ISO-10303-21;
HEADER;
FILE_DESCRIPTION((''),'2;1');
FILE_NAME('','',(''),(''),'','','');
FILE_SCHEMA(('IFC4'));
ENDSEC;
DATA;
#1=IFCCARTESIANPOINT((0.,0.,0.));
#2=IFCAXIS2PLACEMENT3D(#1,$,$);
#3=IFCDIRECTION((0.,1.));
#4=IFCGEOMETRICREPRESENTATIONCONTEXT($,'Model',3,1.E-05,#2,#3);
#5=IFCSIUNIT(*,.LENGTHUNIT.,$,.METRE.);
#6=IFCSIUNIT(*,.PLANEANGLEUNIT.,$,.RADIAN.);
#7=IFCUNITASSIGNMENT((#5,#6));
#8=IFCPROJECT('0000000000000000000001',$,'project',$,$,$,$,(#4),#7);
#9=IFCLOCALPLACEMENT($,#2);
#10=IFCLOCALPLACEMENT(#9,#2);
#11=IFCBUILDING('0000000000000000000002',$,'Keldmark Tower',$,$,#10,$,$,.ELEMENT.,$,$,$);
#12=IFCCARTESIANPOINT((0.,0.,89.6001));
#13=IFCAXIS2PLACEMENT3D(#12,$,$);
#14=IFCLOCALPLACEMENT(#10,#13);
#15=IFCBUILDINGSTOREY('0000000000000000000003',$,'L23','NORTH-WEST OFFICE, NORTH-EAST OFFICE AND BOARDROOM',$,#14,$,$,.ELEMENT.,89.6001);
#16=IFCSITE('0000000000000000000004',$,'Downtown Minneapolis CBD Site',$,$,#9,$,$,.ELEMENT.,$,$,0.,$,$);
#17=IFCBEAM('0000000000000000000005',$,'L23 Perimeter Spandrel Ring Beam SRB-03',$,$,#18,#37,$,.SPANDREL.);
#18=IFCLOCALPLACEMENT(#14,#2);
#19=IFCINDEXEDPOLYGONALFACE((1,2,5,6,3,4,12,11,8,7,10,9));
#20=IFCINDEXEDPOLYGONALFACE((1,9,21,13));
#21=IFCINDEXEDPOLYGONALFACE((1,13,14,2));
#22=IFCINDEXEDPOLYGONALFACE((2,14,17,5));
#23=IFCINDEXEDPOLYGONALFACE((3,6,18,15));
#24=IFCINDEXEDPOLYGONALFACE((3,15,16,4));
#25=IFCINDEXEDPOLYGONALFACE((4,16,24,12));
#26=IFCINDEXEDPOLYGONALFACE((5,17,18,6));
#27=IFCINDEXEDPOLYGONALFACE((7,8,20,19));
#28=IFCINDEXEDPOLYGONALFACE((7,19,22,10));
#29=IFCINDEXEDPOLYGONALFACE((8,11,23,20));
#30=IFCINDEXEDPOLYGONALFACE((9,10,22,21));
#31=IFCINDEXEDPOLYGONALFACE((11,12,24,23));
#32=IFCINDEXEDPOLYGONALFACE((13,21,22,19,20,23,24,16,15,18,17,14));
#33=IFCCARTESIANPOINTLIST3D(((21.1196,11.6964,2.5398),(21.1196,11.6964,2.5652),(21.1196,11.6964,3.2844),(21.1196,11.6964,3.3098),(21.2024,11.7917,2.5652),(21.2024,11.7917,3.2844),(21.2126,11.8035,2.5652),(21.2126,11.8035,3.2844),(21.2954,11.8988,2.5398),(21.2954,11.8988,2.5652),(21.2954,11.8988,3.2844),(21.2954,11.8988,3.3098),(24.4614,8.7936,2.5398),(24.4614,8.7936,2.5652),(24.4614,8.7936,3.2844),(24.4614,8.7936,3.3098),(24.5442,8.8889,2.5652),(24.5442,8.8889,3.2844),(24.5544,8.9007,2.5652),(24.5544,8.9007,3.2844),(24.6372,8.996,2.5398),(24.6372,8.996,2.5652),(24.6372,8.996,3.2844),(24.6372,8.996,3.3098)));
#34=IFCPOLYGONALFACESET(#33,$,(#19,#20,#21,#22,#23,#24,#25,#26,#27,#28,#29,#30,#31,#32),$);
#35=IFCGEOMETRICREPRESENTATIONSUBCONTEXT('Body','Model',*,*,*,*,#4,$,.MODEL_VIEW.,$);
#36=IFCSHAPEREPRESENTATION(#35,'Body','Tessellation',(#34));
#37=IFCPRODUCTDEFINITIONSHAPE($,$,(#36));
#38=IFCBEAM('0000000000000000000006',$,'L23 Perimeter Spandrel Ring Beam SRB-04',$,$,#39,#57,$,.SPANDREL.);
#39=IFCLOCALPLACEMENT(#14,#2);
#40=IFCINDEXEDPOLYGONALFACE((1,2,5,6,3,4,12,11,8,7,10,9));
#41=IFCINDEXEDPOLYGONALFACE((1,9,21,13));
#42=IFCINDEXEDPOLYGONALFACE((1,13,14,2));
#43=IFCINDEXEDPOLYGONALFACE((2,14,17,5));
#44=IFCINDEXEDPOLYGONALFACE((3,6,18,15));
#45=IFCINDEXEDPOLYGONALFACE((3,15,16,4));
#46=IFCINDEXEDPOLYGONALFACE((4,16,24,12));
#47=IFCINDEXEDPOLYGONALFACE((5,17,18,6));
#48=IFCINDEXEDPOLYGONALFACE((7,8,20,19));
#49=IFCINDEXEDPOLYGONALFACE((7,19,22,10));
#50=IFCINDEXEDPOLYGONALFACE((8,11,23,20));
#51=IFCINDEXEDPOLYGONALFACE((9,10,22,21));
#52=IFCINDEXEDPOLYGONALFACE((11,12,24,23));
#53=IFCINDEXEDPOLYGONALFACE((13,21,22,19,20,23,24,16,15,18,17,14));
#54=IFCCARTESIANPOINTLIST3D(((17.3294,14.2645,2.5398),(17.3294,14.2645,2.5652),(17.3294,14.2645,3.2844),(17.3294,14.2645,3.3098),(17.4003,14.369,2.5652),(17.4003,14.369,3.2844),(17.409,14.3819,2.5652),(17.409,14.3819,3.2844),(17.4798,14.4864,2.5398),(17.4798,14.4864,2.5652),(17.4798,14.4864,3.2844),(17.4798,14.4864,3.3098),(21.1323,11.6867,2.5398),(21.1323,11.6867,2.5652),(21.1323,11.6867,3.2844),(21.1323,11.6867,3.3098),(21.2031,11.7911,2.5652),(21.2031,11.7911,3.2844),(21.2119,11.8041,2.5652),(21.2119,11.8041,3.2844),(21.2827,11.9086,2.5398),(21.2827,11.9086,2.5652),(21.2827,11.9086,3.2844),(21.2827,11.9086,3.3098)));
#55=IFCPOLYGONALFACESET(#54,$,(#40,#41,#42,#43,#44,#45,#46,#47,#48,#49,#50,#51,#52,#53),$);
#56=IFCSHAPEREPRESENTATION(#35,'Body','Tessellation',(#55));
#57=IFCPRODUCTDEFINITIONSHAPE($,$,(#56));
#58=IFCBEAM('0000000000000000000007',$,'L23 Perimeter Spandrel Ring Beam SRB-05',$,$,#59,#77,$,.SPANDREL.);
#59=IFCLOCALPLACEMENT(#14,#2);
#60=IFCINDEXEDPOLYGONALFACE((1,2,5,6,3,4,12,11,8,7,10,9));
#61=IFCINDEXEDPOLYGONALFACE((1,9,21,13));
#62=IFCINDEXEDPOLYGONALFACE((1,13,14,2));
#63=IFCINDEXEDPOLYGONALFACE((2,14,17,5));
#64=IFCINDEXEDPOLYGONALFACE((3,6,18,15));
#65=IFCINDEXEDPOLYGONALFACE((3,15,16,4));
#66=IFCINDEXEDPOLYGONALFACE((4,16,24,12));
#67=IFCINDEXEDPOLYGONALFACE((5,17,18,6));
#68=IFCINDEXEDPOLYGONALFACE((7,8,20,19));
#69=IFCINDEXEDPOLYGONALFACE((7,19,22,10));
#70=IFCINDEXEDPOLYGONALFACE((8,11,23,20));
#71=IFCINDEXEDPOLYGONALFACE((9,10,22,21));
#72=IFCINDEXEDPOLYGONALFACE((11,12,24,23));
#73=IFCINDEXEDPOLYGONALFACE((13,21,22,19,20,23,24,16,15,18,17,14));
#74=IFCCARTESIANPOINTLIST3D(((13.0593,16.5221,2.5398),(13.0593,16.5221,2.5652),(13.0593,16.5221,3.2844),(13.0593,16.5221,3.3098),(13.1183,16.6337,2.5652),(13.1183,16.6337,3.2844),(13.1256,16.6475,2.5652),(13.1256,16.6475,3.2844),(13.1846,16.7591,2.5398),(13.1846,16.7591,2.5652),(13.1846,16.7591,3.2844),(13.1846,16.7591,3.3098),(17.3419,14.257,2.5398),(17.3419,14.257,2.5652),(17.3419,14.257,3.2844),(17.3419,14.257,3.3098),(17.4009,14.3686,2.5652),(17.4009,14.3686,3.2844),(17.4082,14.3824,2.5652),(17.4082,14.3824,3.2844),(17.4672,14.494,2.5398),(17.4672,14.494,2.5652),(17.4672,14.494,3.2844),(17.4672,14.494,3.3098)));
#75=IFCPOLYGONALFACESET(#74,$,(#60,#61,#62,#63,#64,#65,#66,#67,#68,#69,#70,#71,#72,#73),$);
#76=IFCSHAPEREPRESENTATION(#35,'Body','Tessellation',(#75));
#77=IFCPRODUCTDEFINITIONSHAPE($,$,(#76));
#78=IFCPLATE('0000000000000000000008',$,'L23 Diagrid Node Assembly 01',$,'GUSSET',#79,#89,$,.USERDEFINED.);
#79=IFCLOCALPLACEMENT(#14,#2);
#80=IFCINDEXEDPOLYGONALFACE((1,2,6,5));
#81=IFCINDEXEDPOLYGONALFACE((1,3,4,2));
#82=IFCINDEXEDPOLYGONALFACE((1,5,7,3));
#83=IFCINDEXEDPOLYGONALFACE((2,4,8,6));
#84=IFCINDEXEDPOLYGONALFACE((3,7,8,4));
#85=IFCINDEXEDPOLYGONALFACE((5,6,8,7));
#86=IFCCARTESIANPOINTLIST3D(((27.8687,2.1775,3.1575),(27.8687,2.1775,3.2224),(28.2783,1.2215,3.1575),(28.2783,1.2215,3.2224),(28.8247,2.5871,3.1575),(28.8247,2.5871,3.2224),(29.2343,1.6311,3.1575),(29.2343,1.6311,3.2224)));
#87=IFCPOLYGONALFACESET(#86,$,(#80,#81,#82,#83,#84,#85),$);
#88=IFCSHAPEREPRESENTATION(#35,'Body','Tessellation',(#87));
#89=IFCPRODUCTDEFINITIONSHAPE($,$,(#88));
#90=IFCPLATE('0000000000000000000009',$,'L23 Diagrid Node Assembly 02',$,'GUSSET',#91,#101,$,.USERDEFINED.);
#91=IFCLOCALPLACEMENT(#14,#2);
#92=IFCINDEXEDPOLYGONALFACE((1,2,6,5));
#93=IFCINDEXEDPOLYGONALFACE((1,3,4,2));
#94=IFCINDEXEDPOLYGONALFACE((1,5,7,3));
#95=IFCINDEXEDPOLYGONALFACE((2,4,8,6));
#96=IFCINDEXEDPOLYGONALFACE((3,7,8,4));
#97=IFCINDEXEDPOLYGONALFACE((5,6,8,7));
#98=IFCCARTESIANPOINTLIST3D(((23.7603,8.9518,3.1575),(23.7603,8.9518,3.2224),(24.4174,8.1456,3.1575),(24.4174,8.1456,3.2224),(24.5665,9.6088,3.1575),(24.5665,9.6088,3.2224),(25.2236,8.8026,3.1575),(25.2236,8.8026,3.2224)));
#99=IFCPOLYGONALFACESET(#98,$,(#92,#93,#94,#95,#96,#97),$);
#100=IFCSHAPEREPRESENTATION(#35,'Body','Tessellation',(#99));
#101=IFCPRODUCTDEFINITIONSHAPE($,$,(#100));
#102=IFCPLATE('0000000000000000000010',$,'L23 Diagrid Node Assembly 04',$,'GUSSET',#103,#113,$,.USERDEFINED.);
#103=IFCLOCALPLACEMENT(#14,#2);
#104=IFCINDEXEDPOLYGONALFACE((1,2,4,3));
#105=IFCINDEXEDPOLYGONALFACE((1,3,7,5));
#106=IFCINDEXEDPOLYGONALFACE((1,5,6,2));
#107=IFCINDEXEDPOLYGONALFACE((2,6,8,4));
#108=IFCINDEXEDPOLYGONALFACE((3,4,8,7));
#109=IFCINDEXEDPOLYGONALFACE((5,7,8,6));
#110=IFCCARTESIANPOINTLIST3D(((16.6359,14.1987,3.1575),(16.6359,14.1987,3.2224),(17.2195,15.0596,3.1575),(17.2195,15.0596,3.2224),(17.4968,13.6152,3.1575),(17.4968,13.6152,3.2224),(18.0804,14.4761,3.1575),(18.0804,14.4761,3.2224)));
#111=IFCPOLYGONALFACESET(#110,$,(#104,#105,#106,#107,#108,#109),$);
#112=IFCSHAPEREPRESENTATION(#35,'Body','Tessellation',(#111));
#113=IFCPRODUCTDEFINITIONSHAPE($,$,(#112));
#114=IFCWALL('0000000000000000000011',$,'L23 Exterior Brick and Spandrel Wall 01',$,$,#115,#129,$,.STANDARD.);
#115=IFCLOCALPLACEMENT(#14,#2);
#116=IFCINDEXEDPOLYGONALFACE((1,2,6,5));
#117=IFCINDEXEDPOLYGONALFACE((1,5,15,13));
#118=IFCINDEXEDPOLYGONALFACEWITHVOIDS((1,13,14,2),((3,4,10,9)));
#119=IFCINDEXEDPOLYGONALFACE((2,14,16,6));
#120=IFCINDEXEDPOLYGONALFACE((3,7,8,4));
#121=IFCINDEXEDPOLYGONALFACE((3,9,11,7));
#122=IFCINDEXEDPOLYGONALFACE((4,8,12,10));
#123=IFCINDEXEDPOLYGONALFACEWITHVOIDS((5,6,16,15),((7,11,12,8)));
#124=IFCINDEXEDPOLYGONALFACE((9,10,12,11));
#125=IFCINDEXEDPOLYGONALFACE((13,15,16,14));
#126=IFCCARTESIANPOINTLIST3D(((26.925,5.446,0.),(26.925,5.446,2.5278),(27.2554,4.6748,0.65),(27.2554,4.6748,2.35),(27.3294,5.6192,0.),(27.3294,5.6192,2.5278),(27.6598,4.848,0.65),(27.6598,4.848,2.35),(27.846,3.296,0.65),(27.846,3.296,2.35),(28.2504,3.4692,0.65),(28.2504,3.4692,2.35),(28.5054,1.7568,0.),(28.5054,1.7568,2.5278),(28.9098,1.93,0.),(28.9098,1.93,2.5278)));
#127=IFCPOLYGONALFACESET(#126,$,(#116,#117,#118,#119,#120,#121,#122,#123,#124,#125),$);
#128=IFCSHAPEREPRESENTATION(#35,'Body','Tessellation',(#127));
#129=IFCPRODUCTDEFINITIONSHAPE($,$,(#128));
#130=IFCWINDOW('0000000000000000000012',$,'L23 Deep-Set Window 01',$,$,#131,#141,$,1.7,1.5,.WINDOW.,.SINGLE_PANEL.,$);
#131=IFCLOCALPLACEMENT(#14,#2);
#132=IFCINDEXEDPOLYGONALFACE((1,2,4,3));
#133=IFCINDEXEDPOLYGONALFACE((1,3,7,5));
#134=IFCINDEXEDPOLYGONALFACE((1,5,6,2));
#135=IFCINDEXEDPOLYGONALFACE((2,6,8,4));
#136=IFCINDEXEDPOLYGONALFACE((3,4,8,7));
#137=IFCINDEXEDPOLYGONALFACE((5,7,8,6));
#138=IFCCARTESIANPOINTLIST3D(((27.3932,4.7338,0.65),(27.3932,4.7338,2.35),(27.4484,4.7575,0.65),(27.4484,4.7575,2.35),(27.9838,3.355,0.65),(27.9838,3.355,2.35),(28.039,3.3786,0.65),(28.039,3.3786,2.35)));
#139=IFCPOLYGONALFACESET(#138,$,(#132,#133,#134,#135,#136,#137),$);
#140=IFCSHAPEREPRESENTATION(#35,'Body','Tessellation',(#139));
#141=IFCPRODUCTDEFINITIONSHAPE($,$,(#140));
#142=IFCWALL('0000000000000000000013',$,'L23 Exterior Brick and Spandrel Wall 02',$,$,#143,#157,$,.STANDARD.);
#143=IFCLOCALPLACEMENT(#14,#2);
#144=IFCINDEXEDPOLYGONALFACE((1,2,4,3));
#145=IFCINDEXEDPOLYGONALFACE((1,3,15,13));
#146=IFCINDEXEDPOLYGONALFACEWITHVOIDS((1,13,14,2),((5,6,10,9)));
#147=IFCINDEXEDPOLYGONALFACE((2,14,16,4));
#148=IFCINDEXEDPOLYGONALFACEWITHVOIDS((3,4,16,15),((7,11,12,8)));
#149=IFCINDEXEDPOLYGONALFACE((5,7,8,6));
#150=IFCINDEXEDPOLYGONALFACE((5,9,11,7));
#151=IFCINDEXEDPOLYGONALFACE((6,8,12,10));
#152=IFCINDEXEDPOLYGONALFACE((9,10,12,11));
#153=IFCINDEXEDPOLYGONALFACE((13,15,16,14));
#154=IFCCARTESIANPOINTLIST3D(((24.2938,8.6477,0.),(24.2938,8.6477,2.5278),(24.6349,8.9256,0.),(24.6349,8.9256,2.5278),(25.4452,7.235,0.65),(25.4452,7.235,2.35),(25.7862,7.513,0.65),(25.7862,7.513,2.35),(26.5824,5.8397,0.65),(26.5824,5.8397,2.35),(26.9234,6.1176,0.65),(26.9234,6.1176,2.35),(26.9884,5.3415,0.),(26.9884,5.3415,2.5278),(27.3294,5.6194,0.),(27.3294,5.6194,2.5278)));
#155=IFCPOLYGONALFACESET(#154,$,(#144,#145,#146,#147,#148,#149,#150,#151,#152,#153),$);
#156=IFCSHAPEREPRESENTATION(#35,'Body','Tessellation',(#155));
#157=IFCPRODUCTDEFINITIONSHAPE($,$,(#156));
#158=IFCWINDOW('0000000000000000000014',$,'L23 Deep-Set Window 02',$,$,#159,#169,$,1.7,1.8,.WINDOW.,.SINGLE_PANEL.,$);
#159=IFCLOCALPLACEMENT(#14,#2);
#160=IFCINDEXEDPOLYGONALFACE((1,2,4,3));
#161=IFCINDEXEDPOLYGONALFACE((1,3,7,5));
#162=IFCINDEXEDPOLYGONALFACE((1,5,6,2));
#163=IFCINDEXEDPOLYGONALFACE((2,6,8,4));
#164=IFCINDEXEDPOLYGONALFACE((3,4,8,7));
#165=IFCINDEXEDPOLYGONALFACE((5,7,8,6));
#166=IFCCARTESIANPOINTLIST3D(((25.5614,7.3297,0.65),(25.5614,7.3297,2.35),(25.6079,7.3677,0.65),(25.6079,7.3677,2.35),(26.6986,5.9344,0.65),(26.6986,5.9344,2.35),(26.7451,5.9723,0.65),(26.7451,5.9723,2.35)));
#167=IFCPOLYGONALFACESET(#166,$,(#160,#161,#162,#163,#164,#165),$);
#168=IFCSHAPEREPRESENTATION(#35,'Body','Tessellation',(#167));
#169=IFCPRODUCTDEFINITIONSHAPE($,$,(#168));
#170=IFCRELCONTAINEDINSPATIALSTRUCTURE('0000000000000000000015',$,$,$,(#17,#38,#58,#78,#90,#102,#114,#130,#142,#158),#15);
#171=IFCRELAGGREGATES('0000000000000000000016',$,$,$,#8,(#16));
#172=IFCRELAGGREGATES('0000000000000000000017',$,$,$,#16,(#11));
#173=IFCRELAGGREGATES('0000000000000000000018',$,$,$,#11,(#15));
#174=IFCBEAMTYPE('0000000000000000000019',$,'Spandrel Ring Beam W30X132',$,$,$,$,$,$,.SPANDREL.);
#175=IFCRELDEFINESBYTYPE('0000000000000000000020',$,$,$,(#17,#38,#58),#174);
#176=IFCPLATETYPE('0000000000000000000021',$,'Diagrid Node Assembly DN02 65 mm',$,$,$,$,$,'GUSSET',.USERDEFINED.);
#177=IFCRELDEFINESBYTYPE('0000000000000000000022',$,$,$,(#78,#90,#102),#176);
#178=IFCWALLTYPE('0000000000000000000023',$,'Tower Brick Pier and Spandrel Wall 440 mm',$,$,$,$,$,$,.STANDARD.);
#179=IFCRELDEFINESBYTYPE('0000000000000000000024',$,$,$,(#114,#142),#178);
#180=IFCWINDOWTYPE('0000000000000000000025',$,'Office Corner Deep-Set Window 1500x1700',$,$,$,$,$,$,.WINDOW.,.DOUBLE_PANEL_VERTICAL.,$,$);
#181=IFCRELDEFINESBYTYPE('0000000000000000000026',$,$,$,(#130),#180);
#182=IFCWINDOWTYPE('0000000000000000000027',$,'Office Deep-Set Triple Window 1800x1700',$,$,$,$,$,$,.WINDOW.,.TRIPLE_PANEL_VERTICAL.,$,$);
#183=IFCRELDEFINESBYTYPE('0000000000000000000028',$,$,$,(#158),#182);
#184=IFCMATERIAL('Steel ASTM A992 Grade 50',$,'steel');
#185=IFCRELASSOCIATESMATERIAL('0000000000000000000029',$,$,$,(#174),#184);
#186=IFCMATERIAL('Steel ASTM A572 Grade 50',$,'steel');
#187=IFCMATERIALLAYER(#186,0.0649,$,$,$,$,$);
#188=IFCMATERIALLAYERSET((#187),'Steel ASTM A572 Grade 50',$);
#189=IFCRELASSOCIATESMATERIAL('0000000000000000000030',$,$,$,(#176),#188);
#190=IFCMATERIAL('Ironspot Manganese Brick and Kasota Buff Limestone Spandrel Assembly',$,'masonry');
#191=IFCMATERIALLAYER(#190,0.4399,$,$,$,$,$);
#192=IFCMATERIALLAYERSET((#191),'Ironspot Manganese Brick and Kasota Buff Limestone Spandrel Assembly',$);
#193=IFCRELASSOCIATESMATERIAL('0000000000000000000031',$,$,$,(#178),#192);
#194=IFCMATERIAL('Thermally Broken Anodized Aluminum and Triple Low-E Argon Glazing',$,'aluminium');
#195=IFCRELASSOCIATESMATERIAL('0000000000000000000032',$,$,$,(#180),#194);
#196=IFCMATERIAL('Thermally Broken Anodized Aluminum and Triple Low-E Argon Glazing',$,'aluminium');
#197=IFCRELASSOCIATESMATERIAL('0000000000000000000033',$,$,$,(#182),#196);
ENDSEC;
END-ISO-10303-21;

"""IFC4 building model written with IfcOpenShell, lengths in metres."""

from ifc_helpers import new_model, si_unit, direction, frame, frame_2d, origin, origin_2d, place, context, subcontext, project, spatial, rectangle, i_section, extrude, material, layer, layer_set, material_profile, profile_set, type_object, element, fill, save


model = new_model("IFC4")

# Units and contexts
model_context = context("Model", 3, precision=1e-05, world=origin(), true_north=direction((0.0, 1.0)))
body_context = subcontext(model_context, "Body", "Model", "MODEL_VIEW")
ifc_project = project(units=[si_unit("LENGTHUNIT", "METRE"), si_unit("PLANEANGLEUNIT", "RADIAN")], contexts=[model_context])

# Site, building, storey
site_placement = place(None, origin())
site = spatial("IfcSite", under=ifc_project, at=site_placement, Name="Downtown Minneapolis CBD Site", CompositionType="ELEMENT", RefElevation=0.0)
building_placement = place(site_placement, origin())
building = spatial("IfcBuilding", under=site, at=building_placement, Name="Keldmark Tower", CompositionType="ELEMENT")
storey_placement = place(building_placement, frame((0.0, 0.0, 89.6001)))
storey = spatial("IfcBuildingStorey", under=building, at=storey_placement, Name="L23", Description="NORTH-WEST OFFICE, NORTH-EAST OFFICE AND BOARDROOM", CompositionType="ELEMENT", Elevation=89.6001)

# Beams
ifc_material_1 = material(Name="Steel ASTM A992 Grade 50", Category="steel")
ifc_material_profile_1 = material_profile(ifc_material_1, i_section(OverallWidth=0.2681, OverallDepth=0.77, WebThickness=0.0156, FlangeThickness=0.0254, at=origin_2d()), Name="W30X132")
ifc_profile_set_1 = profile_set([ifc_material_profile_1], Name="Steel ASTM A992 Grade 50")
beam_type_1 = type_object("IfcBeamType", Name="Spandrel Ring Beam W30X132", PredefinedType="SPANDREL", material=ifc_profile_set_1)
beam_1_placement = place(storey_placement, frame((24.5493, 8.8948, 2.9248), z_axis=(-0.75495, 0.655783, 0.0), x_axis=(-0.655783, -0.75495, 0.0)))
element("IfcBeam", 1, at=beam_1_placement, inside=storey, type_object=beam_type_1, Name="L23 Perimeter Spandrel Ring Beam SRB-03", PredefinedType="SPANDREL", context=body_context, shape_type="SweptSolid", body=[
    extrude(i_section(OverallWidth=0.2681, OverallDepth=0.77, WebThickness=0.0156, FlangeThickness=0.0254, at=origin_2d()), origin(), (0.0, 0.0, 1.0), 4.4265),
])
beam_2_placement = place(storey_placement, frame((21.2075, 11.7976, 2.9248), z_axis=(-0.82775, 0.561097, 0.0), x_axis=(-0.561097, -0.82775, 0.0)))
element("IfcBeam", 2, at=beam_2_placement, inside=storey, type_object=beam_type_1, Name="L23 Perimeter Spandrel Ring Beam SRB-04", PredefinedType="SPANDREL", context=body_context, shape_type="SweptSolid", body=[
    extrude(i_section(OverallWidth=0.2681, OverallDepth=0.77, WebThickness=0.0156, FlangeThickness=0.0254, at=origin_2d()), origin(), (0.0, 0.0, 1.0), 4.5942),
])
beam_3_placement = place(storey_placement, frame((17.4045, 14.3755, 2.9248), z_axis=(-0.883974, 0.467536, 0.0), x_axis=(-0.467536, -0.883974, 0.0)))
element("IfcBeam", 3, at=beam_3_placement, inside=storey, type_object=beam_type_1, Name="L23 Perimeter Spandrel Ring Beam SRB-05", PredefinedType="SPANDREL", context=body_context, shape_type="SweptSolid", body=[
    extrude(i_section(OverallWidth=0.2681, OverallDepth=0.77, WebThickness=0.0156, FlangeThickness=0.0254, at=origin_2d()), origin(), (0.0, 0.0, 1.0), 4.8447),
])

# Plates
ifc_material_2 = material(Name="Steel ASTM A572 Grade 50", Category="steel")
ifc_layer_1 = layer(ifc_material_2, 0.0649)
ifc_layer_set_1 = layer_set([ifc_layer_1], Name="Steel ASTM A572 Grade 50")
plate_type = type_object("IfcPlateType", Name="Diagrid Node Assembly DN02 65 mm", ElementType="GUSSET", PredefinedType="USERDEFINED", material=ifc_layer_set_1)
for number, where, z_axis, x_axis, name in (
    (4, (28.5515, 1.9043, 3.1575), (0.0, 0.0, 1.0), (-0.393781, 0.919204, 0.0), "L23 Diagrid Node Assembly 01"),
    (5, (24.4919, 8.8772, 3.1575), (0.0, 0.0, 1.0), (-0.631759, 0.775165, 0.0), "L23 Diagrid Node Assembly 02"),
    (6, (17.3582, 14.3374, 3.1575), (0.0, 0.0, 1.0), (-0.827767, 0.561072, 0.0), "L23 Diagrid Node Assembly 04"),
):
    element("IfcPlate", number, at=place(storey_placement, frame(where, z_axis=z_axis, x_axis=x_axis)), inside=storey, type_object=plate_type, Name=name, ObjectType="GUSSET", PredefinedType="USERDEFINED", context=body_context, shape_type="SweptSolid", body=[
        extrude(rectangle(XDim=1.04, YDim=1.04, at=origin_2d()), origin(), (0.0, 0.0, 1.0), 0.0649),
    ])

# Walls, openings, windows
ifc_material_3 = material(Name="Ironspot Manganese Brick and Kasota Buff Limestone Spandrel Assembly", Category="masonry")
ifc_layer_2 = layer(ifc_material_3, 0.4399)
ifc_layer_set_2 = layer_set([ifc_layer_2], Name="Ironspot Manganese Brick and Kasota Buff Limestone Spandrel Assembly")
wall_type = type_object("IfcWallType", Name="Tower Brick Pier and Spandrel Wall 440 mm", PredefinedType="STANDARD", material=ifc_layer_set_2)
wall_1_placement = place(storey_placement, frame((27.1272, 5.5327, 0.0), z_axis=(0.0, 0.0, 1.0), x_axis=(0.393758, -0.919214, 0.0)))
wall_1 = element("IfcWall", 7, at=wall_1_placement, inside=storey, type_object=wall_type, Name="L23 Exterior Brick and Spandrel Wall 01", PredefinedType="STANDARD", context=body_context, shape_type="SweptSolid", body=[
    extrude(rectangle(XDim=4.0134, YDim=0.4399, at=frame_2d((2.0068, 0.0))), origin(), (0.0, 0.0, 1.0), 2.5278),
])
opening_1_placement = place(wall_1_placement, frame((0.8391, 0.0, 0.6499)))
opening_1 = element("IfcOpeningElement", 8, at=opening_1_placement, cuts=wall_1, PredefinedType="OPENING", context=body_context, shape_type="SweptSolid", body=[
    extrude(rectangle(XDim=1.5, YDim=1.7, at=frame_2d((0.75, 0.8501))), frame((0.0, 0.23, 0.0), z_axis=(0.0, -1.0, 0.0), x_axis=(1.0, 0.0, 0.0)), (0.0, 0.0, 1.0), 0.46),
])
ifc_material_4 = material(Name="Thermally Broken Anodized Aluminum and Triple Low-E Argon Glazing", Category="aluminium")
window_type_1 = type_object("IfcWindowType", Name="Office Corner Deep-Set Window 1500x1700", PartitioningType="DOUBLE_PANEL_VERTICAL", PredefinedType="WINDOW", material=ifc_material_4)
window_1_placement = place(opening_1_placement, origin())
window_1 = element("IfcWindow", 9, at=window_1_placement, inside=storey, type_object=window_type_1, Name="L23 Deep-Set Window 01", OverallHeight=1.7, OverallWidth=1.5, PartitioningType="SINGLE_PANEL", PredefinedType="WINDOW", context=body_context, shape_type="SweptSolid", body=[
    extrude(rectangle(XDim=1.5, YDim=1.7, at=frame_2d((0.75, 0.8501))), frame((0.0, -0.01, 0.0), z_axis=(0.0, -1.0, 0.0), x_axis=(1.0, 0.0, 0.0)), (0.0, 0.0, 1.0), 0.0601),
])
fill(opening_1, window_1)
wall_2_placement = place(storey_placement, frame((24.4644, 8.7866, 0.0), z_axis=(0.0, 0.0, 1.0), x_axis=(0.631769, -0.775157, 0.0)))
wall_2 = element("IfcWall", 10, at=wall_2_placement, inside=storey, type_object=wall_type, Name="L23 Exterior Brick and Spandrel Wall 02", PredefinedType="STANDARD", context=body_context, shape_type="SweptSolid", body=[
    extrude(rectangle(XDim=4.2651, YDim=0.4399, at=frame_2d((2.1326, 0.0))), origin(), (0.0, 0.0, 1.0), 2.5278),
])
opening_2_placement = place(wall_2_placement, frame((1.8225, 0.0, 0.6499)))
opening_2 = element("IfcOpeningElement", 11, at=opening_2_placement, cuts=wall_2, PredefinedType="OPENING", context=body_context, shape_type="SweptSolid", body=[
    extrude(rectangle(XDim=1.8, YDim=1.7, at=frame_2d((0.8999, 0.8501))), frame((0.0, 0.23, 0.0), z_axis=(0.0, -1.0, 0.0), x_axis=(1.0, 0.0, 0.0)), (0.0, 0.0, 1.0), 0.46),
])
ifc_material_5 = material(Name="Thermally Broken Anodized Aluminum and Triple Low-E Argon Glazing", Category="aluminium")
window_type_2 = type_object("IfcWindowType", Name="Office Deep-Set Triple Window 1800x1700", PartitioningType="TRIPLE_PANEL_VERTICAL", PredefinedType="WINDOW", material=ifc_material_5)
window_2_placement = place(opening_2_placement, origin())
window_2 = element("IfcWindow", 12, at=window_2_placement, inside=storey, type_object=window_type_2, Name="L23 Deep-Set Window 02", OverallHeight=1.7, OverallWidth=1.8, PartitioningType="SINGLE_PANEL", PredefinedType="WINDOW", context=body_context, shape_type="SweptSolid", body=[
    extrude(rectangle(XDim=1.8, YDim=1.7, at=frame_2d((0.8999, 0.8501))), frame((0.0, -0.01, 0.0), z_axis=(0.0, -1.0, 0.0), x_axis=(1.0, 0.0, 0.0)), (0.0, 0.0, 1.0), 0.0601),
])
fill(opening_2, window_2)

save(model, "model.ifc")
